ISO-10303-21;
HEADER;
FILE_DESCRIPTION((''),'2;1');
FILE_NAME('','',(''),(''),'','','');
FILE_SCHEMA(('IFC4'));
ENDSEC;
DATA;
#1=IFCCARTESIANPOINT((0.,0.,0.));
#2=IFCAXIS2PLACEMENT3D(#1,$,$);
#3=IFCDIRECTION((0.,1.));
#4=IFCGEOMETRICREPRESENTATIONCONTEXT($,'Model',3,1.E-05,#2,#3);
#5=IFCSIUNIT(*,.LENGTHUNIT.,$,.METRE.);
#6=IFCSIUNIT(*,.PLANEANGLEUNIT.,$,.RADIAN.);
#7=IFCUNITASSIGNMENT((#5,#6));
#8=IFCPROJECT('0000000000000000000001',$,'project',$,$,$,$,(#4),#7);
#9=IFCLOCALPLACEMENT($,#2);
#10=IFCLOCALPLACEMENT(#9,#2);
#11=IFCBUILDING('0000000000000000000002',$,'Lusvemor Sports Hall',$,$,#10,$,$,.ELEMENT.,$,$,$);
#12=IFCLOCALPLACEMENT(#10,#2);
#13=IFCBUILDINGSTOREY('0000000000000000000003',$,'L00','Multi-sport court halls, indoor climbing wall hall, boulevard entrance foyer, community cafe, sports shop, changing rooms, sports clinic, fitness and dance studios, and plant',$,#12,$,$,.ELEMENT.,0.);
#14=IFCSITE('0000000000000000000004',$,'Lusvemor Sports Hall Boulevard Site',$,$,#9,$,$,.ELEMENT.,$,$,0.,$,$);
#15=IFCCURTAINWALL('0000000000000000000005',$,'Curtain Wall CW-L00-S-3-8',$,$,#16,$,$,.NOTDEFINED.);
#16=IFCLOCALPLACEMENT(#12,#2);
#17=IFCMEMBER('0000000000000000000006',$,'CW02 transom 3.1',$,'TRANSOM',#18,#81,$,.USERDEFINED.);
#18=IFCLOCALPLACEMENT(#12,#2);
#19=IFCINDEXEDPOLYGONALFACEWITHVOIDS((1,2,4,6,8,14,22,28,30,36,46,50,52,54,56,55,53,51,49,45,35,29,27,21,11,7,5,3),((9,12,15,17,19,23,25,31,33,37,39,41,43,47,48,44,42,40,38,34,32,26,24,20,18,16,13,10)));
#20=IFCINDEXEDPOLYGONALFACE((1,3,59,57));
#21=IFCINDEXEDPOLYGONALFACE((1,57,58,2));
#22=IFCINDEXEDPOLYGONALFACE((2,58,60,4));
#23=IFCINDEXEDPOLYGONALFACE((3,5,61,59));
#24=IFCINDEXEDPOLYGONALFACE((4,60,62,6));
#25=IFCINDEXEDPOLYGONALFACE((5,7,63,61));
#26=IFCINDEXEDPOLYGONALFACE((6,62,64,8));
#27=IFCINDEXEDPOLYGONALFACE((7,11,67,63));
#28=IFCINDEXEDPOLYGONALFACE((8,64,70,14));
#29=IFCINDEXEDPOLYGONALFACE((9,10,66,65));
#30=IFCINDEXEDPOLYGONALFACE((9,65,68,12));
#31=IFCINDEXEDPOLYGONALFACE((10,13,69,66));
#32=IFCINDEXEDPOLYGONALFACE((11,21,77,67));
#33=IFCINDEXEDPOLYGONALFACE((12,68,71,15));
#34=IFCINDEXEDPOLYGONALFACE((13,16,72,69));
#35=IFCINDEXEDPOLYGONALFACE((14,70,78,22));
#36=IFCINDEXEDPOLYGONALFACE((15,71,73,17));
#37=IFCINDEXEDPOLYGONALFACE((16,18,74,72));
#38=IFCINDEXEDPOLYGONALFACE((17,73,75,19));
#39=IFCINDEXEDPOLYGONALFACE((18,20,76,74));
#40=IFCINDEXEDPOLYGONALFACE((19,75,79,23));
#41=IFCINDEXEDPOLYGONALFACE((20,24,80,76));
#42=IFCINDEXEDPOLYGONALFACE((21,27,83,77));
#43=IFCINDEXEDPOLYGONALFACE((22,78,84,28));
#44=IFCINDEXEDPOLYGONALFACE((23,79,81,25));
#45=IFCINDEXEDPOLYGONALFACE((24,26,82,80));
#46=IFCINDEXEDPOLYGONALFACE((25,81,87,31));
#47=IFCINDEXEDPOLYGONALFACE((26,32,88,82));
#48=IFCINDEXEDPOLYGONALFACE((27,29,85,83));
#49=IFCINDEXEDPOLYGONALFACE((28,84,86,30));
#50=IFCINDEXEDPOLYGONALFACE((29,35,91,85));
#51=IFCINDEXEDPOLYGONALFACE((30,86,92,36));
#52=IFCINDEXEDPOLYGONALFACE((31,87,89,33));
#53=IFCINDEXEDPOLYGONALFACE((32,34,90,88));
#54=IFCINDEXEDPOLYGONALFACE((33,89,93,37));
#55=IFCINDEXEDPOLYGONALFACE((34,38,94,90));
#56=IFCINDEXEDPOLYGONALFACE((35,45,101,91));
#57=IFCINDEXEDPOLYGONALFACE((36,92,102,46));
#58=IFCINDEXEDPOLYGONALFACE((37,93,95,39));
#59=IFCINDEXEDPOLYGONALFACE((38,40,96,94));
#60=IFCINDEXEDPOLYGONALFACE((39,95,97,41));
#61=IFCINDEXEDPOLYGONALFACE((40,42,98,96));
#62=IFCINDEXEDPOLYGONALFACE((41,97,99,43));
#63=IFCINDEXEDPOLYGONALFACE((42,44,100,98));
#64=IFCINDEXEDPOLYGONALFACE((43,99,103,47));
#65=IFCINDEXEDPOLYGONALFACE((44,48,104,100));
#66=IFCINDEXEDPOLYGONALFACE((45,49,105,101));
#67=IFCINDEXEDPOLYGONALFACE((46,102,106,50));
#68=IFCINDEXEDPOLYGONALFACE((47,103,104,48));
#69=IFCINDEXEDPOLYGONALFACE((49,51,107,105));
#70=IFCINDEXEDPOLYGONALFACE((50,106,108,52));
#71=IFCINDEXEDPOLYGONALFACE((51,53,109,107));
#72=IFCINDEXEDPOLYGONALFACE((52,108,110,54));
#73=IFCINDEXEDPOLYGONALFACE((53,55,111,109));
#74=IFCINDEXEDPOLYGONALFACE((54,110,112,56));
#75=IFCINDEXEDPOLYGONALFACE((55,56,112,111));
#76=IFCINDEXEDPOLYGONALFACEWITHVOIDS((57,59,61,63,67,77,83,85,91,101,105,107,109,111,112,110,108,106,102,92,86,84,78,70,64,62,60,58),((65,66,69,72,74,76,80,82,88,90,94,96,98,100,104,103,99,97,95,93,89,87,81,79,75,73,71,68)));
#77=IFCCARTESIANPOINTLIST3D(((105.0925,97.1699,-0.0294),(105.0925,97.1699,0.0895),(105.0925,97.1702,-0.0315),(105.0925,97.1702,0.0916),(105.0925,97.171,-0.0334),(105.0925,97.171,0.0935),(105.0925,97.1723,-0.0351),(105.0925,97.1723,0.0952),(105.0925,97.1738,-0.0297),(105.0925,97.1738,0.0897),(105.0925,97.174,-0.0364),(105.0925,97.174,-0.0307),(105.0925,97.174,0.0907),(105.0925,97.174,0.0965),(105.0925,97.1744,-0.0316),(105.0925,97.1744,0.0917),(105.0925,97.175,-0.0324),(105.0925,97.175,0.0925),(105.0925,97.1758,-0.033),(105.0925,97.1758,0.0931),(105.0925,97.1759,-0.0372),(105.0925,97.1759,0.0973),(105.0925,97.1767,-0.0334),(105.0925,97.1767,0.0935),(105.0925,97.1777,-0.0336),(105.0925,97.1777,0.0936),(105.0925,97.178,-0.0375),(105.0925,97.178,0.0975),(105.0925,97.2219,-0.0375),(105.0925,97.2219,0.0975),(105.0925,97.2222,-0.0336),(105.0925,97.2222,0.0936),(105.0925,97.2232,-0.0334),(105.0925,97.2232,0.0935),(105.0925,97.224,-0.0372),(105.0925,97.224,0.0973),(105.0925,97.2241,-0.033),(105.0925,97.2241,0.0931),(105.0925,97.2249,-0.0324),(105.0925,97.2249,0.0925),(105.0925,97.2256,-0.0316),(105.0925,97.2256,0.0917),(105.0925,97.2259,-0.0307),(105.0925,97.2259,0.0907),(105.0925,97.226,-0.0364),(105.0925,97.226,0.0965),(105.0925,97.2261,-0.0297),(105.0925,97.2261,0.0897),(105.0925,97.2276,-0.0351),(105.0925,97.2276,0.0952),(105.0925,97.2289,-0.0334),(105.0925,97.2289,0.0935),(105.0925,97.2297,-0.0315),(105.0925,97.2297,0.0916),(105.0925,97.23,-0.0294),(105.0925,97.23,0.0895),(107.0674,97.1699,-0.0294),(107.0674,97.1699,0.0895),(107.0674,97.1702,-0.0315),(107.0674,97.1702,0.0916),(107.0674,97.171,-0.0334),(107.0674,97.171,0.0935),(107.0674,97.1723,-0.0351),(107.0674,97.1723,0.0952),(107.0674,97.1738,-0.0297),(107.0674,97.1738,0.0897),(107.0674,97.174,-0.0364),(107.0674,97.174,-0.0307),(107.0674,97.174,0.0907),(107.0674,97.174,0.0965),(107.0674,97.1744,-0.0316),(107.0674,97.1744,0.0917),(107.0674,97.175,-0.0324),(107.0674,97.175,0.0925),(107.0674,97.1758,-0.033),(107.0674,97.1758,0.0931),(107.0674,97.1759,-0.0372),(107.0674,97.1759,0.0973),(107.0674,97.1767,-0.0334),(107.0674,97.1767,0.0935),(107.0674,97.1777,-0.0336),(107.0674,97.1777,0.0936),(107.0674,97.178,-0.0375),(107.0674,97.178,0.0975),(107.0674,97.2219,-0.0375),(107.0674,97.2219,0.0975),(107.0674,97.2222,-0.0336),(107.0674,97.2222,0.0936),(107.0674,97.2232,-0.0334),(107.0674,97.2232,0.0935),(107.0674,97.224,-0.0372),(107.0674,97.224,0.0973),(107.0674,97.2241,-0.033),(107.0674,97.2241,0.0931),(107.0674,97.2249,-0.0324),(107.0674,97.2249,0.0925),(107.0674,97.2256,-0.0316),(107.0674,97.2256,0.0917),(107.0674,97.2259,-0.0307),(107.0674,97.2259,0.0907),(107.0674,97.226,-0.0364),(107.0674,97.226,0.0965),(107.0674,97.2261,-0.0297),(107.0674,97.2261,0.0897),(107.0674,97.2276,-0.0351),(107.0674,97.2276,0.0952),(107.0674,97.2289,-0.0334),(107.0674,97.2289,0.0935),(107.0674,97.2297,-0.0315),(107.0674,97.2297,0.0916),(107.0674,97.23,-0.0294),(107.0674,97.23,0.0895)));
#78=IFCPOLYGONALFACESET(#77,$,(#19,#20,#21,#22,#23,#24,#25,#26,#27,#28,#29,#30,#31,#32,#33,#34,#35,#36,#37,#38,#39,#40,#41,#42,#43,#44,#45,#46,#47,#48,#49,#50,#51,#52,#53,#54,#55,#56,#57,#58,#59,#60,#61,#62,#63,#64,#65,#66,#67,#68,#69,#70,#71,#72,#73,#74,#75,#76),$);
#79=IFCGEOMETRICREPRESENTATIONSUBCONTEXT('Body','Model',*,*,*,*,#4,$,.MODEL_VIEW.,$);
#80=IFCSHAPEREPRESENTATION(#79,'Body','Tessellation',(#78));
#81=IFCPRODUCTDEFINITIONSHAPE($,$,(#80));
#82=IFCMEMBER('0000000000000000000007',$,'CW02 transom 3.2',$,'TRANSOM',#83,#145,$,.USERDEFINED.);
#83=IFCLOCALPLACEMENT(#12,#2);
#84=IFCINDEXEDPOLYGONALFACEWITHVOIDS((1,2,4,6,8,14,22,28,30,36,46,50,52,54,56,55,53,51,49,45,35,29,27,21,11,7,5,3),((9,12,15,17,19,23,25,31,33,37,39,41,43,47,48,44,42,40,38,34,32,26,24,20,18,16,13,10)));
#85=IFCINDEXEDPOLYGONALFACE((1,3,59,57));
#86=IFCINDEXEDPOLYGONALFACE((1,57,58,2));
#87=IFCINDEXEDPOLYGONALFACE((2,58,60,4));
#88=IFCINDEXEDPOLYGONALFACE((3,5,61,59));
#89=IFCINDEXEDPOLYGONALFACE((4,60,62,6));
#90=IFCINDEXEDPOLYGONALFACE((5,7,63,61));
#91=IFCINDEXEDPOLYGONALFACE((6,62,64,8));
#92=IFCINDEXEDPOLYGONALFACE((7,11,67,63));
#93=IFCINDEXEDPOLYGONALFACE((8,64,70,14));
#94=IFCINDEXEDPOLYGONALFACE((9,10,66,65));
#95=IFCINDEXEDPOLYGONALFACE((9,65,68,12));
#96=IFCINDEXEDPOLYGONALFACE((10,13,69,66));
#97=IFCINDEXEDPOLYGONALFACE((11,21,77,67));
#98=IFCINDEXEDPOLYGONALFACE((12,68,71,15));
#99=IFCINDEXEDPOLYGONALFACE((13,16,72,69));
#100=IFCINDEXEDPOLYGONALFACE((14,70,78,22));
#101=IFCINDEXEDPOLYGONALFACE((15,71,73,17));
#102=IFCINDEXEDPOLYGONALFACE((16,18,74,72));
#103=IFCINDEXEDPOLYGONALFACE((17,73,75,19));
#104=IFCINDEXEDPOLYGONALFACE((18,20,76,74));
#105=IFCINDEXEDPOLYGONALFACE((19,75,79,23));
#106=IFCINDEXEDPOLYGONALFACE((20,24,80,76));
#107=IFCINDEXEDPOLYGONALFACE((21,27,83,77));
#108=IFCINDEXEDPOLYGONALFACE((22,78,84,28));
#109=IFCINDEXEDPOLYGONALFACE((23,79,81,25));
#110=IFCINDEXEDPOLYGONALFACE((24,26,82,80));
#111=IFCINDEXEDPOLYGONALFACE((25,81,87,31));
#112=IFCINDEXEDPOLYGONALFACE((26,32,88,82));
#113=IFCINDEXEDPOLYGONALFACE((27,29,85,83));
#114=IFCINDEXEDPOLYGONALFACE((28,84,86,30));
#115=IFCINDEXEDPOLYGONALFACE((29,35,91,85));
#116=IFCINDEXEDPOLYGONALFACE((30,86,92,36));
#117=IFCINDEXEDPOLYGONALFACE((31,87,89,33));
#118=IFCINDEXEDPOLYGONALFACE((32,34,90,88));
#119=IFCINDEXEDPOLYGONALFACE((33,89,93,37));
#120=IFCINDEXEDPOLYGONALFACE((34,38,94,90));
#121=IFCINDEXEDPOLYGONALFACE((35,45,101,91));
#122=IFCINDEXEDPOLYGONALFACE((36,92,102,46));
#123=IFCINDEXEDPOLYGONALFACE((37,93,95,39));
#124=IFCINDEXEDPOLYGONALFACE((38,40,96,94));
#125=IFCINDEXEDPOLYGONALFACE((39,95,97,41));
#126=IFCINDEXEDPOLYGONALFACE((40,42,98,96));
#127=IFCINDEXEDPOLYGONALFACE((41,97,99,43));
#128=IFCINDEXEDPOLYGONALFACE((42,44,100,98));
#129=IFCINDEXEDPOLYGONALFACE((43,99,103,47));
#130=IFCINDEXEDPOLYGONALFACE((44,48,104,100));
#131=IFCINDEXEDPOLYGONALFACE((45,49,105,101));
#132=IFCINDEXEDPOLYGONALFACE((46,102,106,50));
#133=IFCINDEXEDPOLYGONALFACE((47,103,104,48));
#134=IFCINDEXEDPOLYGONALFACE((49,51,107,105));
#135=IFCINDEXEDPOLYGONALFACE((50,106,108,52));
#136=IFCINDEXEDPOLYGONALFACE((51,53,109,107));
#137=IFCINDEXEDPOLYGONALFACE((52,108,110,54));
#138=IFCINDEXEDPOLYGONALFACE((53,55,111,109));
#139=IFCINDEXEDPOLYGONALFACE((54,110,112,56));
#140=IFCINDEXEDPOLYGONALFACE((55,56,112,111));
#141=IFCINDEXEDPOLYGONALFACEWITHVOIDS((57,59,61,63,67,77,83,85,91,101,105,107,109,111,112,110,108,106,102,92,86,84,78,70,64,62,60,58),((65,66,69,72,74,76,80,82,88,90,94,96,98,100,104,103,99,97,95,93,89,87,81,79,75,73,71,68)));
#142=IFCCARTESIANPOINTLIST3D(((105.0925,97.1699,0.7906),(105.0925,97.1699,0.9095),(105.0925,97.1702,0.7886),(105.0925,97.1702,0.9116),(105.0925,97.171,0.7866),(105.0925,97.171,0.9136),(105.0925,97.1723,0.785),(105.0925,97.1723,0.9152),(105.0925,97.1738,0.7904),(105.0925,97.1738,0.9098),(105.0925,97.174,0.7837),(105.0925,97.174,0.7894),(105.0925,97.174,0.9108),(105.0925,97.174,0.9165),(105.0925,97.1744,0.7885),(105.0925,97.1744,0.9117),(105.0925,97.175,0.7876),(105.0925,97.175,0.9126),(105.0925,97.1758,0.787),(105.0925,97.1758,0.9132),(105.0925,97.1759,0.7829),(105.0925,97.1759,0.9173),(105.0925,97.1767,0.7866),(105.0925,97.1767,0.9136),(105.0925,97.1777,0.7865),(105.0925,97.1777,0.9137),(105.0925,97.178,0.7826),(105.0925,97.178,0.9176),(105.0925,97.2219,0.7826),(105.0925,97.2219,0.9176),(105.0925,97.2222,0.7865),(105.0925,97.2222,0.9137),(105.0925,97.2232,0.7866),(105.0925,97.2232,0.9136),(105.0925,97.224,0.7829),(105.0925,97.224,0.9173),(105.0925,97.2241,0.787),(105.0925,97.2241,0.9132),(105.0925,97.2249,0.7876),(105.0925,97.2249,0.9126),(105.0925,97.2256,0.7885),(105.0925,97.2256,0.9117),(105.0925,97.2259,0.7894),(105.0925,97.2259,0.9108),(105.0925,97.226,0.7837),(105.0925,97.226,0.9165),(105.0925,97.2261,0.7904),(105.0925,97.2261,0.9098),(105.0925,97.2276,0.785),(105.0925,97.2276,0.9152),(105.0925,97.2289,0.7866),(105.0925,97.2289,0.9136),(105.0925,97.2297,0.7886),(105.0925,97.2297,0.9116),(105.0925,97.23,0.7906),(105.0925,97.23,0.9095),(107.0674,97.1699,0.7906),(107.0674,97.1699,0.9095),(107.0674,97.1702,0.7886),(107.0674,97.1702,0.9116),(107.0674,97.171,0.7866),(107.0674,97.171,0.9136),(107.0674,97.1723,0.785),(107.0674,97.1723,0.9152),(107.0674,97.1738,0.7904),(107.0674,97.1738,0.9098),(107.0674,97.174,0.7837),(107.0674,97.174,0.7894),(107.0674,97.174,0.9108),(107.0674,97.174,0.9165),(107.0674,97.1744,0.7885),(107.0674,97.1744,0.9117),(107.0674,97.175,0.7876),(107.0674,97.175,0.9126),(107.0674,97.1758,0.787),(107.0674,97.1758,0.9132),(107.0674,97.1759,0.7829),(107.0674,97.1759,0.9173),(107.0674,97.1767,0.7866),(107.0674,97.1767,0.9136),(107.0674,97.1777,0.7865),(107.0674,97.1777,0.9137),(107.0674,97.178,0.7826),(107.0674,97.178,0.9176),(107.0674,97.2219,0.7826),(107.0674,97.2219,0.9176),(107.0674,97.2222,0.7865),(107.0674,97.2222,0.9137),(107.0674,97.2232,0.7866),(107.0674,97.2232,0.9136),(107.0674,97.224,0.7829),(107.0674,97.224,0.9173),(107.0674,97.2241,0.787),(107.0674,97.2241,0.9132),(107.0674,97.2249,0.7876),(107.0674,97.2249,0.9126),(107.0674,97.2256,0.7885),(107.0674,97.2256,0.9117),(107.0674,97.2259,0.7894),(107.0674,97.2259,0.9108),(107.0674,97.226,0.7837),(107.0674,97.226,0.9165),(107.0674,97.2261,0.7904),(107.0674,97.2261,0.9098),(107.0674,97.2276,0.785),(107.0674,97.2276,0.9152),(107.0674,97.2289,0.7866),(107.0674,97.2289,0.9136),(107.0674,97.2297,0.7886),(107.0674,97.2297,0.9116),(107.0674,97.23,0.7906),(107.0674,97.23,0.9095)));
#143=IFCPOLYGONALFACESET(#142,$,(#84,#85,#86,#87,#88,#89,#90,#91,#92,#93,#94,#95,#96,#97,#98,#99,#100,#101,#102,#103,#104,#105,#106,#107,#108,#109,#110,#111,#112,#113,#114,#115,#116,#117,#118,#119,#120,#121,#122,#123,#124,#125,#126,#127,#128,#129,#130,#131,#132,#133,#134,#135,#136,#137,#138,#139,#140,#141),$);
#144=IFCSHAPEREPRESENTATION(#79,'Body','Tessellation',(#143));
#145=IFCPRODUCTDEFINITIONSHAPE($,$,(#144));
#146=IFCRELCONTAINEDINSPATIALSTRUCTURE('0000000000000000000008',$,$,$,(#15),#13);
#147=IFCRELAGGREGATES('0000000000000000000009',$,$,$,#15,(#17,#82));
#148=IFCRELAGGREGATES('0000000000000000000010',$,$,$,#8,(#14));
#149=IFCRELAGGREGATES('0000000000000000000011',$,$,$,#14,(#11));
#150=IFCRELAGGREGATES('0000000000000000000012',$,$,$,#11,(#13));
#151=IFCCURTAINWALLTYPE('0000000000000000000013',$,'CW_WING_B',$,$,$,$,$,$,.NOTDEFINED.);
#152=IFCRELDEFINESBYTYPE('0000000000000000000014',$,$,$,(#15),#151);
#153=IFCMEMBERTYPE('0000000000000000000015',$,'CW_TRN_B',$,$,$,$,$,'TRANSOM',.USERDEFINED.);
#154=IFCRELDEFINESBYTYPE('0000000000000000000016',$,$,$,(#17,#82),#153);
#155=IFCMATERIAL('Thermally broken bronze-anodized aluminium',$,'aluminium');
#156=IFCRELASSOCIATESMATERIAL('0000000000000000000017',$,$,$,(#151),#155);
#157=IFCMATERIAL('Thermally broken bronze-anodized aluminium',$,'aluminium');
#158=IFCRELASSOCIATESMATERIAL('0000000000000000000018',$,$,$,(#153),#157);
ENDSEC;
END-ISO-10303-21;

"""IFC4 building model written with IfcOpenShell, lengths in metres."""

from ifc_helpers import new_model, si_unit, direction, frame, origin, origin_2d, place, context, subcontext, project, spatial, hollow_rectangle, extrude, material, material_profile, profile_set, type_object, element, aggregate, save


model = new_model("IFC4")

# Units and contexts
model_context = context("Model", 3, precision=1e-05, world=origin(), true_north=direction((0.0, 1.0)))
body_context = subcontext(model_context, "Body", "Model", "MODEL_VIEW")
ifc_project = project(units=[si_unit("LENGTHUNIT", "METRE"), si_unit("PLANEANGLEUNIT", "RADIAN")], contexts=[model_context])

# Site, building, storey
site_placement = place(None, origin())
site = spatial("IfcSite", under=ifc_project, at=site_placement, Name="Lusvemor Sports Hall Boulevard Site", CompositionType="ELEMENT", RefElevation=0.0)
building_placement = place(site_placement, origin())
building = spatial("IfcBuilding", under=site, at=building_placement, Name="Lusvemor Sports Hall", CompositionType="ELEMENT")
storey_placement = place(building_placement, origin())
storey = spatial("IfcBuildingStorey", under=building, at=storey_placement, Name="L00", Description="Multi-sport court halls, indoor climbing wall hall, boulevard entrance foyer, community cafe, sports shop, changing rooms, sports clinic, fitness and dance studios, and plant", CompositionType="ELEMENT", Elevation=0.0)

# Curtain wall, members
ifc_material_1 = material(Name="Thermally broken bronze-anodized aluminium", Category="aluminium")
curtain_wall_type = type_object("IfcCurtainWallType", Name="CW_WING_B", PredefinedType="NOTDEFINED", material=ifc_material_1)
curtain_wall_placement = place(storey_placement, origin())
curtain_wall = element("IfcCurtainWall", 1, at=curtain_wall_placement, inside=storey, type_object=curtain_wall_type, Name="Curtain Wall CW-L00-S-3-8", PredefinedType="NOTDEFINED")
ifc_material_2 = material(Name="Thermally broken bronze-anodized aluminium", Category="aluminium")
ifc_material_profile_1 = material_profile(ifc_material_2, hollow_rectangle(XDim=0.0601, YDim=0.135, WallThickness=0.0039, InnerFilletRadius=0.0039, OuterFilletRadius=0.0081, at=origin_2d()), Name="CWTRN135x60x4")
ifc_profile_set_1 = profile_set([ifc_material_profile_1], Name="Thermally broken bronze-anodized aluminium")
member_type_1 = type_object("IfcMemberType", Name="CW_TRN_B", ElementType="TRANSOM", PredefinedType="USERDEFINED", material=ifc_profile_set_1)
member_1_placement = place(storey_placement, frame((107.0674, 97.2, 0.03), z_axis=(-1.0, 0.0, 0.0), x_axis=(0.0, -1.0, 0.0)))
member_1 = element("IfcMember", 2, at=member_1_placement, type_object=member_type_1, Name="CW02 transom 3.1", ObjectType="TRANSOM", PredefinedType="USERDEFINED", context=body_context, shape_type="SweptSolid", body=[
    extrude(hollow_rectangle(XDim=0.0601, YDim=0.135, WallThickness=0.0039, InnerFilletRadius=0.0039, OuterFilletRadius=0.0081, at=origin_2d()), origin(), (0.0, 0.0, 1.0), 1.9749),
])
member_2_placement = place(storey_placement, frame((107.0674, 97.2, 0.8501), z_axis=(-1.0, 0.0, 0.0), x_axis=(0.0, -1.0, 0.0)))
member_2 = element("IfcMember", 3, at=member_2_placement, type_object=member_type_1, Name="CW02 transom 3.2", ObjectType="TRANSOM", PredefinedType="USERDEFINED", context=body_context, shape_type="SweptSolid", body=[
    extrude(hollow_rectangle(XDim=0.0601, YDim=0.135, WallThickness=0.0039, InnerFilletRadius=0.0039, OuterFilletRadius=0.0081, at=origin_2d()), origin(), (0.0, 0.0, 1.0), 1.9749),
])
aggregate(curtain_wall, [member_1, member_2])

save(model, "model.ifc")
